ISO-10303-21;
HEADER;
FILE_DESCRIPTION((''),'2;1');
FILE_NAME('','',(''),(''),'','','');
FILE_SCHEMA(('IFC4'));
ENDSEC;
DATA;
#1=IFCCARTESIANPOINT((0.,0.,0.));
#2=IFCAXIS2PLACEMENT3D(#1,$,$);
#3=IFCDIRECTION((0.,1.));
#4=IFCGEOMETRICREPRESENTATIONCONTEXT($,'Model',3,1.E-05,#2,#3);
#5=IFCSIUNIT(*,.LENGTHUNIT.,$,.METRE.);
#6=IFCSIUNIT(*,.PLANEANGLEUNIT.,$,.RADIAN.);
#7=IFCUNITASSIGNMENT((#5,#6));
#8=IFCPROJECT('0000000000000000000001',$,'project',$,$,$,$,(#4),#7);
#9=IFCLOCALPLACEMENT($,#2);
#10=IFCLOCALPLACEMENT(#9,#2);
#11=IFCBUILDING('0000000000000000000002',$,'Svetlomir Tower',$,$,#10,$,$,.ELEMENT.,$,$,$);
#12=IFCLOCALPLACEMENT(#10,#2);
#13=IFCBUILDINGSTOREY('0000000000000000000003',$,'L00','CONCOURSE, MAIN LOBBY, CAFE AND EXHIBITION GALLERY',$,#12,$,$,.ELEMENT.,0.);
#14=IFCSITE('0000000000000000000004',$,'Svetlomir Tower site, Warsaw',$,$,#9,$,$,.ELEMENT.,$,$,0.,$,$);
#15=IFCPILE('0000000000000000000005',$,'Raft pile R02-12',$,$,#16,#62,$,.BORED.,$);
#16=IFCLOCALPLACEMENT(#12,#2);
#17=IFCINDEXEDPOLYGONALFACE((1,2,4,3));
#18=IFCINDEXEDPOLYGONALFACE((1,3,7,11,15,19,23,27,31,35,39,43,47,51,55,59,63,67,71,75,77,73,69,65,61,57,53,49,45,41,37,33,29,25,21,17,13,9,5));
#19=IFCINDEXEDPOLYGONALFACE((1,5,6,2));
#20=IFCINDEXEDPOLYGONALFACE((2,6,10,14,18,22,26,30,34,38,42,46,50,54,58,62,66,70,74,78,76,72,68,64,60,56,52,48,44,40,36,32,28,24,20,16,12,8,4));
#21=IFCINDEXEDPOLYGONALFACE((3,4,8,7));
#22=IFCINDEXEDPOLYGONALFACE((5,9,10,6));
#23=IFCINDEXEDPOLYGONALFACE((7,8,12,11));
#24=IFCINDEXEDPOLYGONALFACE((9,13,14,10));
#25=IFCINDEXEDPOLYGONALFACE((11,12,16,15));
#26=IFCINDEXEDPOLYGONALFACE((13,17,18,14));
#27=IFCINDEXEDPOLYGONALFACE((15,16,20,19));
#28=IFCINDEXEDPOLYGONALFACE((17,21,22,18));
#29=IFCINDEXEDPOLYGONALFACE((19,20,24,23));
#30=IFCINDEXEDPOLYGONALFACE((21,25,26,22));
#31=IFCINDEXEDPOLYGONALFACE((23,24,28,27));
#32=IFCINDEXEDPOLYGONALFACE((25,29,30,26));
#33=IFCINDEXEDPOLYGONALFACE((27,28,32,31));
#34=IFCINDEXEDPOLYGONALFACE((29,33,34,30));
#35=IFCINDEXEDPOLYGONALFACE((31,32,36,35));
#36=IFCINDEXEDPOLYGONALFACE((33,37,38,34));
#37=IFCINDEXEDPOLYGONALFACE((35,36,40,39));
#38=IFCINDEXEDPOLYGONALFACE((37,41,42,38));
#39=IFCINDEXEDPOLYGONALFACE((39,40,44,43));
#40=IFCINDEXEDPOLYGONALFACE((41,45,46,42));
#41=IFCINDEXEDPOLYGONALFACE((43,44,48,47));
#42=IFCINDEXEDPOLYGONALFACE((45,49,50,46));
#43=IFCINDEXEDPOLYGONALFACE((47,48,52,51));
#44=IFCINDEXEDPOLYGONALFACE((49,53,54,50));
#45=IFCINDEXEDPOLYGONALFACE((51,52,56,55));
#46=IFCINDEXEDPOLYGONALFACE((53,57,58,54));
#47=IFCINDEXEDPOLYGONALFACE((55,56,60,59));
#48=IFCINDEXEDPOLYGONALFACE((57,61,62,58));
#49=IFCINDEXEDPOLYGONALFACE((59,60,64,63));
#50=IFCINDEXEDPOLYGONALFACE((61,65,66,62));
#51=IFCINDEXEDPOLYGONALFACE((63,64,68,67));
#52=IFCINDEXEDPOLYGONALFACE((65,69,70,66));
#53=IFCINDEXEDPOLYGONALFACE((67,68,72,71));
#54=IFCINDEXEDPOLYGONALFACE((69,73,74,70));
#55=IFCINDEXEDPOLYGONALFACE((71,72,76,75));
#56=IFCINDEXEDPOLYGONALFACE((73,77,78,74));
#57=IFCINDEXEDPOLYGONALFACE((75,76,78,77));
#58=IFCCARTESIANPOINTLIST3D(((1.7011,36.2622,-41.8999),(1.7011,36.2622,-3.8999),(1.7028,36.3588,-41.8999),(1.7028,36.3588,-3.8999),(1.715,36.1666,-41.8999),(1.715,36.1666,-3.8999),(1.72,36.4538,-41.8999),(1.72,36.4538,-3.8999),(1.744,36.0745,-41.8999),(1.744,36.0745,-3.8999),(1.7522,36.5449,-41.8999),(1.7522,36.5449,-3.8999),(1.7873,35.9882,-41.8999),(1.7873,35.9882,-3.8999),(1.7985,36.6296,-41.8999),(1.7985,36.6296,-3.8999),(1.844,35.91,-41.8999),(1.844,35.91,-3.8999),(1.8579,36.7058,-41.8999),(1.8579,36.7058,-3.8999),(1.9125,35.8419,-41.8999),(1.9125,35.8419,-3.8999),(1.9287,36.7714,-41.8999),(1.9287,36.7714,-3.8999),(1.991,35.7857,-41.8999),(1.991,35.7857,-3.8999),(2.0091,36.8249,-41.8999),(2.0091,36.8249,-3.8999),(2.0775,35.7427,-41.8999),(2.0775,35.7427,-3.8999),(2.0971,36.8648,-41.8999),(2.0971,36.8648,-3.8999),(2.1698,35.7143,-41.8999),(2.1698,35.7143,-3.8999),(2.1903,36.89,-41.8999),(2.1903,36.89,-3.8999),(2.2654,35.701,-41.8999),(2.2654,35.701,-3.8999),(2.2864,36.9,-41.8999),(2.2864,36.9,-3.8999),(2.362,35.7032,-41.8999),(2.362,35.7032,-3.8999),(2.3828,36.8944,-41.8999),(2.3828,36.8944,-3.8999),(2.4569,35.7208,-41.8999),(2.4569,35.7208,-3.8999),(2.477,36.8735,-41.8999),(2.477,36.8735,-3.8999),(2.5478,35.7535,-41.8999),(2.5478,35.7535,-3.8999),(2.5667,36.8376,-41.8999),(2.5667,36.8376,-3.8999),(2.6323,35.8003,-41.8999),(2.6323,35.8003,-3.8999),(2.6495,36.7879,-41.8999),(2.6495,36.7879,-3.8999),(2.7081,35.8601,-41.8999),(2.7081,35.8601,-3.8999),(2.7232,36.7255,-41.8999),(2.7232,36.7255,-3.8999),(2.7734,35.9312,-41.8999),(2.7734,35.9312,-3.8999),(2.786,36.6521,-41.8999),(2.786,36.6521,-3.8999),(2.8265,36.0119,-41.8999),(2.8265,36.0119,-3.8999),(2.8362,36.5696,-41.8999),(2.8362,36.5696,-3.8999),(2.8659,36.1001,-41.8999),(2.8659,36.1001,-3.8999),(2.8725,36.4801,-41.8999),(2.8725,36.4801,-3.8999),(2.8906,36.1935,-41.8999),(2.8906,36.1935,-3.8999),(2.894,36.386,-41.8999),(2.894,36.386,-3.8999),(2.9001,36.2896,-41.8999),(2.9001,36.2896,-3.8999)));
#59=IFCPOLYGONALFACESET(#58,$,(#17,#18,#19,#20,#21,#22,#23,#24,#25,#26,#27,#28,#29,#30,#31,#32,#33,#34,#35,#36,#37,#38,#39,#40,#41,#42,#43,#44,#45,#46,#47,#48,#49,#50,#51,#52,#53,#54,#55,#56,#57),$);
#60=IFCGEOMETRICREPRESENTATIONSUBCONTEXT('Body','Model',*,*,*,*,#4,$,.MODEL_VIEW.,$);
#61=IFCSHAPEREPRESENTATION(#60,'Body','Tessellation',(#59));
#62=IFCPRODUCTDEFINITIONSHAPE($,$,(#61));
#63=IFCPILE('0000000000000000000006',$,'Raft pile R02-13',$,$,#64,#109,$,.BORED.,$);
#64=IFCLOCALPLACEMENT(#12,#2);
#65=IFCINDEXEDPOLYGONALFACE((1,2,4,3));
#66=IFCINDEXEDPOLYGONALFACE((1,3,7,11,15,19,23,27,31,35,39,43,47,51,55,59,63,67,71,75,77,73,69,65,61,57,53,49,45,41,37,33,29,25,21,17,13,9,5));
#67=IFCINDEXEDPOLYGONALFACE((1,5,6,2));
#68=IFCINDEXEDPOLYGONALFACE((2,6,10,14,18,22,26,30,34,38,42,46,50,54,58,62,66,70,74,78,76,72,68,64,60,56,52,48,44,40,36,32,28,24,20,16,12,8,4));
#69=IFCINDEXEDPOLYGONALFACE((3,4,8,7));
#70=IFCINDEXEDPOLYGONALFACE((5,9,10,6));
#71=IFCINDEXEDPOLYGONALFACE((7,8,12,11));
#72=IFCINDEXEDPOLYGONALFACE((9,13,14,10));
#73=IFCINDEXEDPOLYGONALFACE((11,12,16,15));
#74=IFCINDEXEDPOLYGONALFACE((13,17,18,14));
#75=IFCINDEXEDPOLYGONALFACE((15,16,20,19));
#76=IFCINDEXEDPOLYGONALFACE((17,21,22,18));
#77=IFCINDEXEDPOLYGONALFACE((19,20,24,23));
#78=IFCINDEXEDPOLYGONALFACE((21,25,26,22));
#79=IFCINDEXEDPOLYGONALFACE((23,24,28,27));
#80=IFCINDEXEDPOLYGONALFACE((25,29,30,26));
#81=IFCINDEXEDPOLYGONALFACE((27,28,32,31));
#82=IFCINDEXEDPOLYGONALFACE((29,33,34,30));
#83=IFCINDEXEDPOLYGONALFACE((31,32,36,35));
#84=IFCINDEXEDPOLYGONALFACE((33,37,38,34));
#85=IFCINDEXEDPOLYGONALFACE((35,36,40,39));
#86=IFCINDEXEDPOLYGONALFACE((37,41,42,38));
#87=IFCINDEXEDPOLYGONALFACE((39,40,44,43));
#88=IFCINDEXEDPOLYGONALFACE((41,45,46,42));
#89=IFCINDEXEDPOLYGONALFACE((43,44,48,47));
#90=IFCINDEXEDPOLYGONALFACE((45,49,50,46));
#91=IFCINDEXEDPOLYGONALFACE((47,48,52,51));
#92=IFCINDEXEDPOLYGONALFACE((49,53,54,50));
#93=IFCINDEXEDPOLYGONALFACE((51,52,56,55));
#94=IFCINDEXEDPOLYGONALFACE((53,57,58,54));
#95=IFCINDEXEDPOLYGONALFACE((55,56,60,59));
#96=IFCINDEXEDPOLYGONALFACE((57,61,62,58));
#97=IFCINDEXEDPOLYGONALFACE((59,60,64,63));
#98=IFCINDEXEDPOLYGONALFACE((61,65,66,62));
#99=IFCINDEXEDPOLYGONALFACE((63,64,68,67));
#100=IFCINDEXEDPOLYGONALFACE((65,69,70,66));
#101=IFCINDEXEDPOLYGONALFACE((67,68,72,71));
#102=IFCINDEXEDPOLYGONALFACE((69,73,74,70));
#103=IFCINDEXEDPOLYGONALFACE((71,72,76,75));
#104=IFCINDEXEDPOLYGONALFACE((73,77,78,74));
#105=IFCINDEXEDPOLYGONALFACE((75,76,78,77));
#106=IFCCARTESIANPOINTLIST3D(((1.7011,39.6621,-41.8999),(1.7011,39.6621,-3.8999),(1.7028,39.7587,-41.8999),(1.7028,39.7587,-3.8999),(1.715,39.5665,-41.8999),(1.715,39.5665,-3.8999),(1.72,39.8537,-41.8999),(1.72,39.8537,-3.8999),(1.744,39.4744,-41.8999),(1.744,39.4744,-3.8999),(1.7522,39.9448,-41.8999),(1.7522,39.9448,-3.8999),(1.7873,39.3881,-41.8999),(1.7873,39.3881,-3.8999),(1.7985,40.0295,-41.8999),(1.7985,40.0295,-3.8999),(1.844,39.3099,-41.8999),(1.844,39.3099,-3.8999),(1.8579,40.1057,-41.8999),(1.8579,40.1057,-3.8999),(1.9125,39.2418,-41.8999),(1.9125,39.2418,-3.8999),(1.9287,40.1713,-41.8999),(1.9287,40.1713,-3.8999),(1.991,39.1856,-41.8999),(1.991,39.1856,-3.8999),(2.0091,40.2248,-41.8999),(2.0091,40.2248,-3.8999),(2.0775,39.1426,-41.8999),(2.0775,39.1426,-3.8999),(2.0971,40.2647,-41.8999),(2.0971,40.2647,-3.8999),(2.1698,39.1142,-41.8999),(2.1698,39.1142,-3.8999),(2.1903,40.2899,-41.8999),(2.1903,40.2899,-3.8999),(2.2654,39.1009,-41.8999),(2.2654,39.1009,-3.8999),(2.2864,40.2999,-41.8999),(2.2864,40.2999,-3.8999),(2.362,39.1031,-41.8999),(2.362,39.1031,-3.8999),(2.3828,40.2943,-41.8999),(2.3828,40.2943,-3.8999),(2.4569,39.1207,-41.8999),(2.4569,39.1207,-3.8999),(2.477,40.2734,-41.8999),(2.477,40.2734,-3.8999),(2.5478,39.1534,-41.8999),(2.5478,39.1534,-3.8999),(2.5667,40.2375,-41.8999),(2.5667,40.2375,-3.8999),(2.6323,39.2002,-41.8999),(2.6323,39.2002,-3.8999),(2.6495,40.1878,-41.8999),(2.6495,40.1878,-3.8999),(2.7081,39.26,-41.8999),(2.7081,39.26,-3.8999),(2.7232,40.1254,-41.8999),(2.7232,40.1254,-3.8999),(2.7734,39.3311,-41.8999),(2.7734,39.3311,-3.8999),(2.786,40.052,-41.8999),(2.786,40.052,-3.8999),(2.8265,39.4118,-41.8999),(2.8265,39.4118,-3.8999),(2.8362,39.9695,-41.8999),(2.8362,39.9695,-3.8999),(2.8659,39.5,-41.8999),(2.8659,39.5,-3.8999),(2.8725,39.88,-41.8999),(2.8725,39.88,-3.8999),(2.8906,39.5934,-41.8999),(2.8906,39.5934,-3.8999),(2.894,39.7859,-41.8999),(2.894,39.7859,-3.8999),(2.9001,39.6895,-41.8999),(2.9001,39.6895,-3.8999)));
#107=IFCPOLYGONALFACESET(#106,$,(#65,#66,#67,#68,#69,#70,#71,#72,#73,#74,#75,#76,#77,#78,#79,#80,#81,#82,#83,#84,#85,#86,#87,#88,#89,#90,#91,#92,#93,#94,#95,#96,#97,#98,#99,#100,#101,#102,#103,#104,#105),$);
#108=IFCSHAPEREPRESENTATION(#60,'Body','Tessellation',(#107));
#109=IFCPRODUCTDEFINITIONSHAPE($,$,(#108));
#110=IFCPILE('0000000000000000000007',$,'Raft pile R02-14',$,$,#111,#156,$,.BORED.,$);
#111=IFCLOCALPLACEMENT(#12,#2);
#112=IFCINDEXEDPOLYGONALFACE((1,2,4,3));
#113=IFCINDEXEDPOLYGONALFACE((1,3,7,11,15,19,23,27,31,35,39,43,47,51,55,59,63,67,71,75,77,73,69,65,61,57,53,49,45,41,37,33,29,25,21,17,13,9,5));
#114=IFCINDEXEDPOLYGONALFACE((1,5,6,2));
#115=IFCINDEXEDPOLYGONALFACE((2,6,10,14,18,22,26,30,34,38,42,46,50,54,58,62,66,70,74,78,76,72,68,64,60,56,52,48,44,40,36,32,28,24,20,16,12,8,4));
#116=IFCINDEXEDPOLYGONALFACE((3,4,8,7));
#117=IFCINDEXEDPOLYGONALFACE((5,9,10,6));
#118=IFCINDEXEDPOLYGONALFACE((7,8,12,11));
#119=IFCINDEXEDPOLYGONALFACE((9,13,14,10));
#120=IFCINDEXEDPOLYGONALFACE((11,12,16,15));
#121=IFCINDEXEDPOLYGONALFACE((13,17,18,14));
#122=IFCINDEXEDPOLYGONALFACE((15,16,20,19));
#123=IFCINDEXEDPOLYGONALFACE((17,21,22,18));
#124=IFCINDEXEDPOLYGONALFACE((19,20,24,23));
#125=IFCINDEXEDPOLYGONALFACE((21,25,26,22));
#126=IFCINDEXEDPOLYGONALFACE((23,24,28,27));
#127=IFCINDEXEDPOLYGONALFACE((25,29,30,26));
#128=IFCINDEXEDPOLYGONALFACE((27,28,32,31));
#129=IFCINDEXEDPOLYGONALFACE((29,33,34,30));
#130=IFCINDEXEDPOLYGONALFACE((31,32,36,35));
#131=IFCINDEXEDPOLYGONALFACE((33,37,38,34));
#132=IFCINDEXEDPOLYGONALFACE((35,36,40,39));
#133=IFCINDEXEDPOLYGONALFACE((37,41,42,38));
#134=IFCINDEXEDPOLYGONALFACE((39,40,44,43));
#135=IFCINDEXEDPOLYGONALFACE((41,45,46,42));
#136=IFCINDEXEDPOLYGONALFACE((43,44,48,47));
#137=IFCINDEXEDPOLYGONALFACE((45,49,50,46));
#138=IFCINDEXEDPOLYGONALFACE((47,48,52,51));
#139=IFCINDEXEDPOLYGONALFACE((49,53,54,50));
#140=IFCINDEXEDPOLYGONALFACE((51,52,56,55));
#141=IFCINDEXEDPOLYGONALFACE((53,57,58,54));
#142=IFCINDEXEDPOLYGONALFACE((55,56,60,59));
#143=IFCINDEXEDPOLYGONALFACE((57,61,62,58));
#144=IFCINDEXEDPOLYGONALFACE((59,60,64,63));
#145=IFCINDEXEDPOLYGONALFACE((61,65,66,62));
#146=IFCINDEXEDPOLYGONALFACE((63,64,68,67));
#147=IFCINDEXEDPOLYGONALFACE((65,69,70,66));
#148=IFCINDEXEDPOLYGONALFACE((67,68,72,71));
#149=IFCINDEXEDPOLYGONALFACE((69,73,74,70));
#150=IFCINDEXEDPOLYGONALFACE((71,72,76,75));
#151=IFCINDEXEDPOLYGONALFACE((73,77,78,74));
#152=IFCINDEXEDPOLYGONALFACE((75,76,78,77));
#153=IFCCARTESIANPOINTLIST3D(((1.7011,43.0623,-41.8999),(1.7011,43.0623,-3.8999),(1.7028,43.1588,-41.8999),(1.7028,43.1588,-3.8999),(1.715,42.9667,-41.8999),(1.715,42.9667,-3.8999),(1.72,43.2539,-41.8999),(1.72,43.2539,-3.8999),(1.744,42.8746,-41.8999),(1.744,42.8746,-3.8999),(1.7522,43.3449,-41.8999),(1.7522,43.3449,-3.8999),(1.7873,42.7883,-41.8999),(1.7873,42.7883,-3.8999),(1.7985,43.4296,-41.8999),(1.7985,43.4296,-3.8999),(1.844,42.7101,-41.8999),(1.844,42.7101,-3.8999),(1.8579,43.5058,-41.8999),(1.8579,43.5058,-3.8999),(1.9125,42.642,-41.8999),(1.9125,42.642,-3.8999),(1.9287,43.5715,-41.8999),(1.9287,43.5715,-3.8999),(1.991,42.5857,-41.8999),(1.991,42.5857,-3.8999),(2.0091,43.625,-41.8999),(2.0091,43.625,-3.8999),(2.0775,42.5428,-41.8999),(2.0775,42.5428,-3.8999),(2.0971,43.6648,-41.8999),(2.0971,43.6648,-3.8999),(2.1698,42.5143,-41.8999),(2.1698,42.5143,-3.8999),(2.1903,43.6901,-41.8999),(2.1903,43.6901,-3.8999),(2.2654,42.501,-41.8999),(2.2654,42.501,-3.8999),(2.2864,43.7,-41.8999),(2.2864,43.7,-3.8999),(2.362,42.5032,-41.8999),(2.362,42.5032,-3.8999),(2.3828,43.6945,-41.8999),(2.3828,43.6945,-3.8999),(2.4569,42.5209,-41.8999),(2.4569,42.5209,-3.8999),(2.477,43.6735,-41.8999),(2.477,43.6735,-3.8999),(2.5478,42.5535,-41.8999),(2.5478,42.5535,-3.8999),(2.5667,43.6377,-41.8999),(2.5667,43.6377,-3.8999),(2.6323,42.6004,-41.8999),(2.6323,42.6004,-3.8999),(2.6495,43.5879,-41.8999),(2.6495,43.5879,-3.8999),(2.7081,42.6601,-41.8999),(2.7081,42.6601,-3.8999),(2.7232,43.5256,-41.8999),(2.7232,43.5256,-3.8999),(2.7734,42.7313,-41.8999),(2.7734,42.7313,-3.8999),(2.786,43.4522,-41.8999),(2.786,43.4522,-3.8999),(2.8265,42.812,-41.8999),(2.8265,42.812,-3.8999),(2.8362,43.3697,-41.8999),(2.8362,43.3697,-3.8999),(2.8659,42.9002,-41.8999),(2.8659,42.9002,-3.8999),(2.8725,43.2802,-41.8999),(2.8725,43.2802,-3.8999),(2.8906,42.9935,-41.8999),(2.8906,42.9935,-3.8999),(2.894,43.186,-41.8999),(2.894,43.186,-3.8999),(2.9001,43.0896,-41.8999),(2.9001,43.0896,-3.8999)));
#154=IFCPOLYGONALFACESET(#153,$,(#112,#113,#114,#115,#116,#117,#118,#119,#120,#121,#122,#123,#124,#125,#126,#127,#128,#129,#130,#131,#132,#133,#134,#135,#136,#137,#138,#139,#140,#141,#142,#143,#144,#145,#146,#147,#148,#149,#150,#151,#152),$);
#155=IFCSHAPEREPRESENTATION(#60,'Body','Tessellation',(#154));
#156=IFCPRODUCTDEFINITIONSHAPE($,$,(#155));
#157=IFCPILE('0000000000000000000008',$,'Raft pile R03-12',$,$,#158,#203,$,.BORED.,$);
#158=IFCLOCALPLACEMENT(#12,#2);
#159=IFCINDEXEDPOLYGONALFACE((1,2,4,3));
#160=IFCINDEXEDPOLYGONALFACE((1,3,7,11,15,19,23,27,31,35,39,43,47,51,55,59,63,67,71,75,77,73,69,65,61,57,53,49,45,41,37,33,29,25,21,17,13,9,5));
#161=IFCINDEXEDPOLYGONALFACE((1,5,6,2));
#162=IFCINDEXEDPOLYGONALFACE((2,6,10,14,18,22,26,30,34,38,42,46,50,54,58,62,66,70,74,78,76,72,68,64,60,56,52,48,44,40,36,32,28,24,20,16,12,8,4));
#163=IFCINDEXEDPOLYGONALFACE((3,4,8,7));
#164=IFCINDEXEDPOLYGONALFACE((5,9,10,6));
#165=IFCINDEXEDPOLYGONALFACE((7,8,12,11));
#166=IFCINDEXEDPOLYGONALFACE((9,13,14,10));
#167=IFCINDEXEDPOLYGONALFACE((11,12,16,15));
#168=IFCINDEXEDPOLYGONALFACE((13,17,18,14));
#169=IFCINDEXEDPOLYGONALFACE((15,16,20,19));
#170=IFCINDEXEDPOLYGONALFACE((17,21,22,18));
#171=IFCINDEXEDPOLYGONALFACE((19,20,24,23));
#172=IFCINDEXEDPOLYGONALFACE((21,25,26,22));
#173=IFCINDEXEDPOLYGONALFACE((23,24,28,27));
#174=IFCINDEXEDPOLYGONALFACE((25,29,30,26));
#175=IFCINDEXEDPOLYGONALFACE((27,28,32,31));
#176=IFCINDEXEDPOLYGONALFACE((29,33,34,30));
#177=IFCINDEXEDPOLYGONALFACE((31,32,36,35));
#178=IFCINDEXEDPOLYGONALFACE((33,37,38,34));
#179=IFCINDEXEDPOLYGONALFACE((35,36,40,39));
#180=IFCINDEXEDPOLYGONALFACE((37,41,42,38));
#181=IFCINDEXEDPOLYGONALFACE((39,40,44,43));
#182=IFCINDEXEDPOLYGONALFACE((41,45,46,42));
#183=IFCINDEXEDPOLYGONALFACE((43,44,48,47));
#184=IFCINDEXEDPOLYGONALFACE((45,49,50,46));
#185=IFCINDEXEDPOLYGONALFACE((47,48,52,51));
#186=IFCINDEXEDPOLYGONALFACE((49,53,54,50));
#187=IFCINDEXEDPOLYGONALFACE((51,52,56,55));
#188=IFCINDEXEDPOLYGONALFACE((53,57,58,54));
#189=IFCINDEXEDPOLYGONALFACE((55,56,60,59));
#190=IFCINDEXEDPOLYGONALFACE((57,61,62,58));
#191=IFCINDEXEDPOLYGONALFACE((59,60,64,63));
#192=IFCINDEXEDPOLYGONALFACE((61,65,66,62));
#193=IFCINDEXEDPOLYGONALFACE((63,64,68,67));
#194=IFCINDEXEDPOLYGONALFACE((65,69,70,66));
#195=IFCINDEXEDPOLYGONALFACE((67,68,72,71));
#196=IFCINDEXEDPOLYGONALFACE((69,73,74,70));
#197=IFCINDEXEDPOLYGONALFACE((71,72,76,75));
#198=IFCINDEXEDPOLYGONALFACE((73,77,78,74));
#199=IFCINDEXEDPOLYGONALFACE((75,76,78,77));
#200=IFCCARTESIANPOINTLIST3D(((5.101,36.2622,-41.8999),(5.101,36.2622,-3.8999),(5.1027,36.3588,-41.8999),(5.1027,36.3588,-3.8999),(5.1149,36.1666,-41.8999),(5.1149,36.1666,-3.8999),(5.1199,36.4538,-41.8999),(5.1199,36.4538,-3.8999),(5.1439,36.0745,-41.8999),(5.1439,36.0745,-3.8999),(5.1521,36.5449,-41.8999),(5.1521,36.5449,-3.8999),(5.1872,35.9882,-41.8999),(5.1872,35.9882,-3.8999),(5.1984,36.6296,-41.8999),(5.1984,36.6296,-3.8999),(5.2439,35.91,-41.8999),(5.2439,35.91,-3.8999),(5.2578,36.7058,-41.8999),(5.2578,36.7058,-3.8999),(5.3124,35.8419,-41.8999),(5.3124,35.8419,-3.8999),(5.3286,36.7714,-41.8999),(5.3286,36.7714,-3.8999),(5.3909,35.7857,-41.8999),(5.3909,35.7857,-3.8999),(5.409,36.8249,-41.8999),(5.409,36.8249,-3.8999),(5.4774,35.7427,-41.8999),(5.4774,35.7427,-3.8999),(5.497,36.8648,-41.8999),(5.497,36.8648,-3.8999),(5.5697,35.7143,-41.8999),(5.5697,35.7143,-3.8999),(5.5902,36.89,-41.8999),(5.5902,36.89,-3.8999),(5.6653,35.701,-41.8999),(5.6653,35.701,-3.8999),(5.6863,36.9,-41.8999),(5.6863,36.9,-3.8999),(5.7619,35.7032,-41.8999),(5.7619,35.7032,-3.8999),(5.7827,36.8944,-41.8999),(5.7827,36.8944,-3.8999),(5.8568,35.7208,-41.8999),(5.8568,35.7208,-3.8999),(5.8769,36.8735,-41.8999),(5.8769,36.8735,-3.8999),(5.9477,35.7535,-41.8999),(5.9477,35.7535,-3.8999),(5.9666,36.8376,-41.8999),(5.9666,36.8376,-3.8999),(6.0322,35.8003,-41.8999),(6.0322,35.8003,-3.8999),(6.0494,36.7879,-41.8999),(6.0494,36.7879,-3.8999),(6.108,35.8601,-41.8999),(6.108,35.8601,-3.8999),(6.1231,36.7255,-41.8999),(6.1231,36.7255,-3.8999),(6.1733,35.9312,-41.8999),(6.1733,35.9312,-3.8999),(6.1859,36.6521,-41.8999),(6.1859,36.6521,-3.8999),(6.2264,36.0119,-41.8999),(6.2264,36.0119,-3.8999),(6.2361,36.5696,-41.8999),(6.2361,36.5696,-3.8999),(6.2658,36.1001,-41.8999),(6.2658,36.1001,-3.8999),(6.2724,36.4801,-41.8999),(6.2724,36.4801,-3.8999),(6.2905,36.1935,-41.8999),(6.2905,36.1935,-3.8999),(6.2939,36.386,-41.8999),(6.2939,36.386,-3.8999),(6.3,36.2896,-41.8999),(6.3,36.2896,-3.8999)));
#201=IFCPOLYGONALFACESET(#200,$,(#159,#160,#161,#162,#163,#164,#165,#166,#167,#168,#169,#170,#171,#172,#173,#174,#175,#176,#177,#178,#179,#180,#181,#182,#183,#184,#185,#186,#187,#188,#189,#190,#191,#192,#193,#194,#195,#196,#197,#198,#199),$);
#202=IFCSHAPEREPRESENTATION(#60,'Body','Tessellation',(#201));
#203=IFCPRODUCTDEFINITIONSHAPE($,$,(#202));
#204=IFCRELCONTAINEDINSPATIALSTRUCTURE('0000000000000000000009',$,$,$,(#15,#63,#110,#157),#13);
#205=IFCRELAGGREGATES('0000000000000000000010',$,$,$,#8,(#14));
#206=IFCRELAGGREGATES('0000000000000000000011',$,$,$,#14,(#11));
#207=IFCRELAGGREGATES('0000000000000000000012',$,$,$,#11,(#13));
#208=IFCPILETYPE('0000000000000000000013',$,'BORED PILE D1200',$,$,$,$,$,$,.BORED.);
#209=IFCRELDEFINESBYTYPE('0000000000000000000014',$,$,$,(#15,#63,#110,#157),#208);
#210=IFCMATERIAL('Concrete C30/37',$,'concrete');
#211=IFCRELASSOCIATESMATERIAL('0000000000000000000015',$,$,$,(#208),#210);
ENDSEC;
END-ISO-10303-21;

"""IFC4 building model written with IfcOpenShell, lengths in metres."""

from ifc_helpers import new_model, si_unit, direction, frame, frame_2d, origin, origin_2d, place, context, subcontext, project, spatial, circle, extrude, material, material_profile, profile_set, type_object, element, save


model = new_model("IFC4")

# Units and contexts
model_context = context("Model", 3, precision=1e-05, world=origin(), true_north=direction((0.0, 1.0)))
body_context = subcontext(model_context, "Body", "Model", "MODEL_VIEW")
ifc_project = project(units=[si_unit("LENGTHUNIT", "METRE"), si_unit("PLANEANGLEUNIT", "RADIAN")], contexts=[model_context])

# Site, building, storey
site_placement = place(None, origin())
site = spatial("IfcSite", under=ifc_project, at=site_placement, Name="Svetlomir Tower site, Warsaw", CompositionType="ELEMENT", RefElevation=0.0)
building_placement = place(site_placement, origin())
building = spatial("IfcBuilding", under=site, at=building_placement, Name="Svetlomir Tower", CompositionType="ELEMENT")
storey_placement = place(building_placement, origin())
storey = spatial("IfcBuildingStorey", under=building, at=storey_placement, Name="L00", Description="CONCOURSE, MAIN LOBBY, CAFE AND EXHIBITION GALLERY", CompositionType="ELEMENT", Elevation=0.0)

# Piles
ifc_material_1 = material(Name="Concrete C30/37", Category="concrete")
ifc_material_profile_1 = material_profile(ifc_material_1, circle(Radius=0.6001, at=origin_2d()), Name="D1200")
ifc_profile_set_1 = profile_set([ifc_material_profile_1], Name="Concrete C30/37")
pile_type = type_object("IfcPileType", Name="BORED PILE D1200", PredefinedType="BORED", material=ifc_profile_set_1)
for number, where, z_axis, x_axis, name in (
    (1, (2.3, 36.3, -3.8999), (0.0, 0.0, -1.0), (1.0, 0.0, 0.0), "Raft pile R02-12"),
    (2, (2.3, 39.7, -3.8999), (0.0, 0.0, -1.0), (1.0, 0.0, 0.0), "Raft pile R02-13"),
    (3, (2.3, 43.1001, -3.8999), (0.0, 0.0, -1.0), (1.0, 0.0, 0.0), "Raft pile R02-14"),
    (4, (5.7, 36.3, -3.8999), (0.0, 0.0, -1.0), (1.0, 0.0, 0.0), "Raft pile R03-12"),
):
    element("IfcPile", number, at=place(storey_placement, frame(where, z_axis=z_axis, x_axis=x_axis)), inside=storey, type_object=pile_type, Name=name, PredefinedType="BORED", context=body_context, shape_type="SweptSolid", body=[
        extrude(circle(Radius=0.6001, at=frame_2d((0.0, 0.0), x_axis=(0.999848, 0.017452))), origin(), (0.0, 0.0, 1.0), 38.0),
    ])

save(model, "model.ifc")
